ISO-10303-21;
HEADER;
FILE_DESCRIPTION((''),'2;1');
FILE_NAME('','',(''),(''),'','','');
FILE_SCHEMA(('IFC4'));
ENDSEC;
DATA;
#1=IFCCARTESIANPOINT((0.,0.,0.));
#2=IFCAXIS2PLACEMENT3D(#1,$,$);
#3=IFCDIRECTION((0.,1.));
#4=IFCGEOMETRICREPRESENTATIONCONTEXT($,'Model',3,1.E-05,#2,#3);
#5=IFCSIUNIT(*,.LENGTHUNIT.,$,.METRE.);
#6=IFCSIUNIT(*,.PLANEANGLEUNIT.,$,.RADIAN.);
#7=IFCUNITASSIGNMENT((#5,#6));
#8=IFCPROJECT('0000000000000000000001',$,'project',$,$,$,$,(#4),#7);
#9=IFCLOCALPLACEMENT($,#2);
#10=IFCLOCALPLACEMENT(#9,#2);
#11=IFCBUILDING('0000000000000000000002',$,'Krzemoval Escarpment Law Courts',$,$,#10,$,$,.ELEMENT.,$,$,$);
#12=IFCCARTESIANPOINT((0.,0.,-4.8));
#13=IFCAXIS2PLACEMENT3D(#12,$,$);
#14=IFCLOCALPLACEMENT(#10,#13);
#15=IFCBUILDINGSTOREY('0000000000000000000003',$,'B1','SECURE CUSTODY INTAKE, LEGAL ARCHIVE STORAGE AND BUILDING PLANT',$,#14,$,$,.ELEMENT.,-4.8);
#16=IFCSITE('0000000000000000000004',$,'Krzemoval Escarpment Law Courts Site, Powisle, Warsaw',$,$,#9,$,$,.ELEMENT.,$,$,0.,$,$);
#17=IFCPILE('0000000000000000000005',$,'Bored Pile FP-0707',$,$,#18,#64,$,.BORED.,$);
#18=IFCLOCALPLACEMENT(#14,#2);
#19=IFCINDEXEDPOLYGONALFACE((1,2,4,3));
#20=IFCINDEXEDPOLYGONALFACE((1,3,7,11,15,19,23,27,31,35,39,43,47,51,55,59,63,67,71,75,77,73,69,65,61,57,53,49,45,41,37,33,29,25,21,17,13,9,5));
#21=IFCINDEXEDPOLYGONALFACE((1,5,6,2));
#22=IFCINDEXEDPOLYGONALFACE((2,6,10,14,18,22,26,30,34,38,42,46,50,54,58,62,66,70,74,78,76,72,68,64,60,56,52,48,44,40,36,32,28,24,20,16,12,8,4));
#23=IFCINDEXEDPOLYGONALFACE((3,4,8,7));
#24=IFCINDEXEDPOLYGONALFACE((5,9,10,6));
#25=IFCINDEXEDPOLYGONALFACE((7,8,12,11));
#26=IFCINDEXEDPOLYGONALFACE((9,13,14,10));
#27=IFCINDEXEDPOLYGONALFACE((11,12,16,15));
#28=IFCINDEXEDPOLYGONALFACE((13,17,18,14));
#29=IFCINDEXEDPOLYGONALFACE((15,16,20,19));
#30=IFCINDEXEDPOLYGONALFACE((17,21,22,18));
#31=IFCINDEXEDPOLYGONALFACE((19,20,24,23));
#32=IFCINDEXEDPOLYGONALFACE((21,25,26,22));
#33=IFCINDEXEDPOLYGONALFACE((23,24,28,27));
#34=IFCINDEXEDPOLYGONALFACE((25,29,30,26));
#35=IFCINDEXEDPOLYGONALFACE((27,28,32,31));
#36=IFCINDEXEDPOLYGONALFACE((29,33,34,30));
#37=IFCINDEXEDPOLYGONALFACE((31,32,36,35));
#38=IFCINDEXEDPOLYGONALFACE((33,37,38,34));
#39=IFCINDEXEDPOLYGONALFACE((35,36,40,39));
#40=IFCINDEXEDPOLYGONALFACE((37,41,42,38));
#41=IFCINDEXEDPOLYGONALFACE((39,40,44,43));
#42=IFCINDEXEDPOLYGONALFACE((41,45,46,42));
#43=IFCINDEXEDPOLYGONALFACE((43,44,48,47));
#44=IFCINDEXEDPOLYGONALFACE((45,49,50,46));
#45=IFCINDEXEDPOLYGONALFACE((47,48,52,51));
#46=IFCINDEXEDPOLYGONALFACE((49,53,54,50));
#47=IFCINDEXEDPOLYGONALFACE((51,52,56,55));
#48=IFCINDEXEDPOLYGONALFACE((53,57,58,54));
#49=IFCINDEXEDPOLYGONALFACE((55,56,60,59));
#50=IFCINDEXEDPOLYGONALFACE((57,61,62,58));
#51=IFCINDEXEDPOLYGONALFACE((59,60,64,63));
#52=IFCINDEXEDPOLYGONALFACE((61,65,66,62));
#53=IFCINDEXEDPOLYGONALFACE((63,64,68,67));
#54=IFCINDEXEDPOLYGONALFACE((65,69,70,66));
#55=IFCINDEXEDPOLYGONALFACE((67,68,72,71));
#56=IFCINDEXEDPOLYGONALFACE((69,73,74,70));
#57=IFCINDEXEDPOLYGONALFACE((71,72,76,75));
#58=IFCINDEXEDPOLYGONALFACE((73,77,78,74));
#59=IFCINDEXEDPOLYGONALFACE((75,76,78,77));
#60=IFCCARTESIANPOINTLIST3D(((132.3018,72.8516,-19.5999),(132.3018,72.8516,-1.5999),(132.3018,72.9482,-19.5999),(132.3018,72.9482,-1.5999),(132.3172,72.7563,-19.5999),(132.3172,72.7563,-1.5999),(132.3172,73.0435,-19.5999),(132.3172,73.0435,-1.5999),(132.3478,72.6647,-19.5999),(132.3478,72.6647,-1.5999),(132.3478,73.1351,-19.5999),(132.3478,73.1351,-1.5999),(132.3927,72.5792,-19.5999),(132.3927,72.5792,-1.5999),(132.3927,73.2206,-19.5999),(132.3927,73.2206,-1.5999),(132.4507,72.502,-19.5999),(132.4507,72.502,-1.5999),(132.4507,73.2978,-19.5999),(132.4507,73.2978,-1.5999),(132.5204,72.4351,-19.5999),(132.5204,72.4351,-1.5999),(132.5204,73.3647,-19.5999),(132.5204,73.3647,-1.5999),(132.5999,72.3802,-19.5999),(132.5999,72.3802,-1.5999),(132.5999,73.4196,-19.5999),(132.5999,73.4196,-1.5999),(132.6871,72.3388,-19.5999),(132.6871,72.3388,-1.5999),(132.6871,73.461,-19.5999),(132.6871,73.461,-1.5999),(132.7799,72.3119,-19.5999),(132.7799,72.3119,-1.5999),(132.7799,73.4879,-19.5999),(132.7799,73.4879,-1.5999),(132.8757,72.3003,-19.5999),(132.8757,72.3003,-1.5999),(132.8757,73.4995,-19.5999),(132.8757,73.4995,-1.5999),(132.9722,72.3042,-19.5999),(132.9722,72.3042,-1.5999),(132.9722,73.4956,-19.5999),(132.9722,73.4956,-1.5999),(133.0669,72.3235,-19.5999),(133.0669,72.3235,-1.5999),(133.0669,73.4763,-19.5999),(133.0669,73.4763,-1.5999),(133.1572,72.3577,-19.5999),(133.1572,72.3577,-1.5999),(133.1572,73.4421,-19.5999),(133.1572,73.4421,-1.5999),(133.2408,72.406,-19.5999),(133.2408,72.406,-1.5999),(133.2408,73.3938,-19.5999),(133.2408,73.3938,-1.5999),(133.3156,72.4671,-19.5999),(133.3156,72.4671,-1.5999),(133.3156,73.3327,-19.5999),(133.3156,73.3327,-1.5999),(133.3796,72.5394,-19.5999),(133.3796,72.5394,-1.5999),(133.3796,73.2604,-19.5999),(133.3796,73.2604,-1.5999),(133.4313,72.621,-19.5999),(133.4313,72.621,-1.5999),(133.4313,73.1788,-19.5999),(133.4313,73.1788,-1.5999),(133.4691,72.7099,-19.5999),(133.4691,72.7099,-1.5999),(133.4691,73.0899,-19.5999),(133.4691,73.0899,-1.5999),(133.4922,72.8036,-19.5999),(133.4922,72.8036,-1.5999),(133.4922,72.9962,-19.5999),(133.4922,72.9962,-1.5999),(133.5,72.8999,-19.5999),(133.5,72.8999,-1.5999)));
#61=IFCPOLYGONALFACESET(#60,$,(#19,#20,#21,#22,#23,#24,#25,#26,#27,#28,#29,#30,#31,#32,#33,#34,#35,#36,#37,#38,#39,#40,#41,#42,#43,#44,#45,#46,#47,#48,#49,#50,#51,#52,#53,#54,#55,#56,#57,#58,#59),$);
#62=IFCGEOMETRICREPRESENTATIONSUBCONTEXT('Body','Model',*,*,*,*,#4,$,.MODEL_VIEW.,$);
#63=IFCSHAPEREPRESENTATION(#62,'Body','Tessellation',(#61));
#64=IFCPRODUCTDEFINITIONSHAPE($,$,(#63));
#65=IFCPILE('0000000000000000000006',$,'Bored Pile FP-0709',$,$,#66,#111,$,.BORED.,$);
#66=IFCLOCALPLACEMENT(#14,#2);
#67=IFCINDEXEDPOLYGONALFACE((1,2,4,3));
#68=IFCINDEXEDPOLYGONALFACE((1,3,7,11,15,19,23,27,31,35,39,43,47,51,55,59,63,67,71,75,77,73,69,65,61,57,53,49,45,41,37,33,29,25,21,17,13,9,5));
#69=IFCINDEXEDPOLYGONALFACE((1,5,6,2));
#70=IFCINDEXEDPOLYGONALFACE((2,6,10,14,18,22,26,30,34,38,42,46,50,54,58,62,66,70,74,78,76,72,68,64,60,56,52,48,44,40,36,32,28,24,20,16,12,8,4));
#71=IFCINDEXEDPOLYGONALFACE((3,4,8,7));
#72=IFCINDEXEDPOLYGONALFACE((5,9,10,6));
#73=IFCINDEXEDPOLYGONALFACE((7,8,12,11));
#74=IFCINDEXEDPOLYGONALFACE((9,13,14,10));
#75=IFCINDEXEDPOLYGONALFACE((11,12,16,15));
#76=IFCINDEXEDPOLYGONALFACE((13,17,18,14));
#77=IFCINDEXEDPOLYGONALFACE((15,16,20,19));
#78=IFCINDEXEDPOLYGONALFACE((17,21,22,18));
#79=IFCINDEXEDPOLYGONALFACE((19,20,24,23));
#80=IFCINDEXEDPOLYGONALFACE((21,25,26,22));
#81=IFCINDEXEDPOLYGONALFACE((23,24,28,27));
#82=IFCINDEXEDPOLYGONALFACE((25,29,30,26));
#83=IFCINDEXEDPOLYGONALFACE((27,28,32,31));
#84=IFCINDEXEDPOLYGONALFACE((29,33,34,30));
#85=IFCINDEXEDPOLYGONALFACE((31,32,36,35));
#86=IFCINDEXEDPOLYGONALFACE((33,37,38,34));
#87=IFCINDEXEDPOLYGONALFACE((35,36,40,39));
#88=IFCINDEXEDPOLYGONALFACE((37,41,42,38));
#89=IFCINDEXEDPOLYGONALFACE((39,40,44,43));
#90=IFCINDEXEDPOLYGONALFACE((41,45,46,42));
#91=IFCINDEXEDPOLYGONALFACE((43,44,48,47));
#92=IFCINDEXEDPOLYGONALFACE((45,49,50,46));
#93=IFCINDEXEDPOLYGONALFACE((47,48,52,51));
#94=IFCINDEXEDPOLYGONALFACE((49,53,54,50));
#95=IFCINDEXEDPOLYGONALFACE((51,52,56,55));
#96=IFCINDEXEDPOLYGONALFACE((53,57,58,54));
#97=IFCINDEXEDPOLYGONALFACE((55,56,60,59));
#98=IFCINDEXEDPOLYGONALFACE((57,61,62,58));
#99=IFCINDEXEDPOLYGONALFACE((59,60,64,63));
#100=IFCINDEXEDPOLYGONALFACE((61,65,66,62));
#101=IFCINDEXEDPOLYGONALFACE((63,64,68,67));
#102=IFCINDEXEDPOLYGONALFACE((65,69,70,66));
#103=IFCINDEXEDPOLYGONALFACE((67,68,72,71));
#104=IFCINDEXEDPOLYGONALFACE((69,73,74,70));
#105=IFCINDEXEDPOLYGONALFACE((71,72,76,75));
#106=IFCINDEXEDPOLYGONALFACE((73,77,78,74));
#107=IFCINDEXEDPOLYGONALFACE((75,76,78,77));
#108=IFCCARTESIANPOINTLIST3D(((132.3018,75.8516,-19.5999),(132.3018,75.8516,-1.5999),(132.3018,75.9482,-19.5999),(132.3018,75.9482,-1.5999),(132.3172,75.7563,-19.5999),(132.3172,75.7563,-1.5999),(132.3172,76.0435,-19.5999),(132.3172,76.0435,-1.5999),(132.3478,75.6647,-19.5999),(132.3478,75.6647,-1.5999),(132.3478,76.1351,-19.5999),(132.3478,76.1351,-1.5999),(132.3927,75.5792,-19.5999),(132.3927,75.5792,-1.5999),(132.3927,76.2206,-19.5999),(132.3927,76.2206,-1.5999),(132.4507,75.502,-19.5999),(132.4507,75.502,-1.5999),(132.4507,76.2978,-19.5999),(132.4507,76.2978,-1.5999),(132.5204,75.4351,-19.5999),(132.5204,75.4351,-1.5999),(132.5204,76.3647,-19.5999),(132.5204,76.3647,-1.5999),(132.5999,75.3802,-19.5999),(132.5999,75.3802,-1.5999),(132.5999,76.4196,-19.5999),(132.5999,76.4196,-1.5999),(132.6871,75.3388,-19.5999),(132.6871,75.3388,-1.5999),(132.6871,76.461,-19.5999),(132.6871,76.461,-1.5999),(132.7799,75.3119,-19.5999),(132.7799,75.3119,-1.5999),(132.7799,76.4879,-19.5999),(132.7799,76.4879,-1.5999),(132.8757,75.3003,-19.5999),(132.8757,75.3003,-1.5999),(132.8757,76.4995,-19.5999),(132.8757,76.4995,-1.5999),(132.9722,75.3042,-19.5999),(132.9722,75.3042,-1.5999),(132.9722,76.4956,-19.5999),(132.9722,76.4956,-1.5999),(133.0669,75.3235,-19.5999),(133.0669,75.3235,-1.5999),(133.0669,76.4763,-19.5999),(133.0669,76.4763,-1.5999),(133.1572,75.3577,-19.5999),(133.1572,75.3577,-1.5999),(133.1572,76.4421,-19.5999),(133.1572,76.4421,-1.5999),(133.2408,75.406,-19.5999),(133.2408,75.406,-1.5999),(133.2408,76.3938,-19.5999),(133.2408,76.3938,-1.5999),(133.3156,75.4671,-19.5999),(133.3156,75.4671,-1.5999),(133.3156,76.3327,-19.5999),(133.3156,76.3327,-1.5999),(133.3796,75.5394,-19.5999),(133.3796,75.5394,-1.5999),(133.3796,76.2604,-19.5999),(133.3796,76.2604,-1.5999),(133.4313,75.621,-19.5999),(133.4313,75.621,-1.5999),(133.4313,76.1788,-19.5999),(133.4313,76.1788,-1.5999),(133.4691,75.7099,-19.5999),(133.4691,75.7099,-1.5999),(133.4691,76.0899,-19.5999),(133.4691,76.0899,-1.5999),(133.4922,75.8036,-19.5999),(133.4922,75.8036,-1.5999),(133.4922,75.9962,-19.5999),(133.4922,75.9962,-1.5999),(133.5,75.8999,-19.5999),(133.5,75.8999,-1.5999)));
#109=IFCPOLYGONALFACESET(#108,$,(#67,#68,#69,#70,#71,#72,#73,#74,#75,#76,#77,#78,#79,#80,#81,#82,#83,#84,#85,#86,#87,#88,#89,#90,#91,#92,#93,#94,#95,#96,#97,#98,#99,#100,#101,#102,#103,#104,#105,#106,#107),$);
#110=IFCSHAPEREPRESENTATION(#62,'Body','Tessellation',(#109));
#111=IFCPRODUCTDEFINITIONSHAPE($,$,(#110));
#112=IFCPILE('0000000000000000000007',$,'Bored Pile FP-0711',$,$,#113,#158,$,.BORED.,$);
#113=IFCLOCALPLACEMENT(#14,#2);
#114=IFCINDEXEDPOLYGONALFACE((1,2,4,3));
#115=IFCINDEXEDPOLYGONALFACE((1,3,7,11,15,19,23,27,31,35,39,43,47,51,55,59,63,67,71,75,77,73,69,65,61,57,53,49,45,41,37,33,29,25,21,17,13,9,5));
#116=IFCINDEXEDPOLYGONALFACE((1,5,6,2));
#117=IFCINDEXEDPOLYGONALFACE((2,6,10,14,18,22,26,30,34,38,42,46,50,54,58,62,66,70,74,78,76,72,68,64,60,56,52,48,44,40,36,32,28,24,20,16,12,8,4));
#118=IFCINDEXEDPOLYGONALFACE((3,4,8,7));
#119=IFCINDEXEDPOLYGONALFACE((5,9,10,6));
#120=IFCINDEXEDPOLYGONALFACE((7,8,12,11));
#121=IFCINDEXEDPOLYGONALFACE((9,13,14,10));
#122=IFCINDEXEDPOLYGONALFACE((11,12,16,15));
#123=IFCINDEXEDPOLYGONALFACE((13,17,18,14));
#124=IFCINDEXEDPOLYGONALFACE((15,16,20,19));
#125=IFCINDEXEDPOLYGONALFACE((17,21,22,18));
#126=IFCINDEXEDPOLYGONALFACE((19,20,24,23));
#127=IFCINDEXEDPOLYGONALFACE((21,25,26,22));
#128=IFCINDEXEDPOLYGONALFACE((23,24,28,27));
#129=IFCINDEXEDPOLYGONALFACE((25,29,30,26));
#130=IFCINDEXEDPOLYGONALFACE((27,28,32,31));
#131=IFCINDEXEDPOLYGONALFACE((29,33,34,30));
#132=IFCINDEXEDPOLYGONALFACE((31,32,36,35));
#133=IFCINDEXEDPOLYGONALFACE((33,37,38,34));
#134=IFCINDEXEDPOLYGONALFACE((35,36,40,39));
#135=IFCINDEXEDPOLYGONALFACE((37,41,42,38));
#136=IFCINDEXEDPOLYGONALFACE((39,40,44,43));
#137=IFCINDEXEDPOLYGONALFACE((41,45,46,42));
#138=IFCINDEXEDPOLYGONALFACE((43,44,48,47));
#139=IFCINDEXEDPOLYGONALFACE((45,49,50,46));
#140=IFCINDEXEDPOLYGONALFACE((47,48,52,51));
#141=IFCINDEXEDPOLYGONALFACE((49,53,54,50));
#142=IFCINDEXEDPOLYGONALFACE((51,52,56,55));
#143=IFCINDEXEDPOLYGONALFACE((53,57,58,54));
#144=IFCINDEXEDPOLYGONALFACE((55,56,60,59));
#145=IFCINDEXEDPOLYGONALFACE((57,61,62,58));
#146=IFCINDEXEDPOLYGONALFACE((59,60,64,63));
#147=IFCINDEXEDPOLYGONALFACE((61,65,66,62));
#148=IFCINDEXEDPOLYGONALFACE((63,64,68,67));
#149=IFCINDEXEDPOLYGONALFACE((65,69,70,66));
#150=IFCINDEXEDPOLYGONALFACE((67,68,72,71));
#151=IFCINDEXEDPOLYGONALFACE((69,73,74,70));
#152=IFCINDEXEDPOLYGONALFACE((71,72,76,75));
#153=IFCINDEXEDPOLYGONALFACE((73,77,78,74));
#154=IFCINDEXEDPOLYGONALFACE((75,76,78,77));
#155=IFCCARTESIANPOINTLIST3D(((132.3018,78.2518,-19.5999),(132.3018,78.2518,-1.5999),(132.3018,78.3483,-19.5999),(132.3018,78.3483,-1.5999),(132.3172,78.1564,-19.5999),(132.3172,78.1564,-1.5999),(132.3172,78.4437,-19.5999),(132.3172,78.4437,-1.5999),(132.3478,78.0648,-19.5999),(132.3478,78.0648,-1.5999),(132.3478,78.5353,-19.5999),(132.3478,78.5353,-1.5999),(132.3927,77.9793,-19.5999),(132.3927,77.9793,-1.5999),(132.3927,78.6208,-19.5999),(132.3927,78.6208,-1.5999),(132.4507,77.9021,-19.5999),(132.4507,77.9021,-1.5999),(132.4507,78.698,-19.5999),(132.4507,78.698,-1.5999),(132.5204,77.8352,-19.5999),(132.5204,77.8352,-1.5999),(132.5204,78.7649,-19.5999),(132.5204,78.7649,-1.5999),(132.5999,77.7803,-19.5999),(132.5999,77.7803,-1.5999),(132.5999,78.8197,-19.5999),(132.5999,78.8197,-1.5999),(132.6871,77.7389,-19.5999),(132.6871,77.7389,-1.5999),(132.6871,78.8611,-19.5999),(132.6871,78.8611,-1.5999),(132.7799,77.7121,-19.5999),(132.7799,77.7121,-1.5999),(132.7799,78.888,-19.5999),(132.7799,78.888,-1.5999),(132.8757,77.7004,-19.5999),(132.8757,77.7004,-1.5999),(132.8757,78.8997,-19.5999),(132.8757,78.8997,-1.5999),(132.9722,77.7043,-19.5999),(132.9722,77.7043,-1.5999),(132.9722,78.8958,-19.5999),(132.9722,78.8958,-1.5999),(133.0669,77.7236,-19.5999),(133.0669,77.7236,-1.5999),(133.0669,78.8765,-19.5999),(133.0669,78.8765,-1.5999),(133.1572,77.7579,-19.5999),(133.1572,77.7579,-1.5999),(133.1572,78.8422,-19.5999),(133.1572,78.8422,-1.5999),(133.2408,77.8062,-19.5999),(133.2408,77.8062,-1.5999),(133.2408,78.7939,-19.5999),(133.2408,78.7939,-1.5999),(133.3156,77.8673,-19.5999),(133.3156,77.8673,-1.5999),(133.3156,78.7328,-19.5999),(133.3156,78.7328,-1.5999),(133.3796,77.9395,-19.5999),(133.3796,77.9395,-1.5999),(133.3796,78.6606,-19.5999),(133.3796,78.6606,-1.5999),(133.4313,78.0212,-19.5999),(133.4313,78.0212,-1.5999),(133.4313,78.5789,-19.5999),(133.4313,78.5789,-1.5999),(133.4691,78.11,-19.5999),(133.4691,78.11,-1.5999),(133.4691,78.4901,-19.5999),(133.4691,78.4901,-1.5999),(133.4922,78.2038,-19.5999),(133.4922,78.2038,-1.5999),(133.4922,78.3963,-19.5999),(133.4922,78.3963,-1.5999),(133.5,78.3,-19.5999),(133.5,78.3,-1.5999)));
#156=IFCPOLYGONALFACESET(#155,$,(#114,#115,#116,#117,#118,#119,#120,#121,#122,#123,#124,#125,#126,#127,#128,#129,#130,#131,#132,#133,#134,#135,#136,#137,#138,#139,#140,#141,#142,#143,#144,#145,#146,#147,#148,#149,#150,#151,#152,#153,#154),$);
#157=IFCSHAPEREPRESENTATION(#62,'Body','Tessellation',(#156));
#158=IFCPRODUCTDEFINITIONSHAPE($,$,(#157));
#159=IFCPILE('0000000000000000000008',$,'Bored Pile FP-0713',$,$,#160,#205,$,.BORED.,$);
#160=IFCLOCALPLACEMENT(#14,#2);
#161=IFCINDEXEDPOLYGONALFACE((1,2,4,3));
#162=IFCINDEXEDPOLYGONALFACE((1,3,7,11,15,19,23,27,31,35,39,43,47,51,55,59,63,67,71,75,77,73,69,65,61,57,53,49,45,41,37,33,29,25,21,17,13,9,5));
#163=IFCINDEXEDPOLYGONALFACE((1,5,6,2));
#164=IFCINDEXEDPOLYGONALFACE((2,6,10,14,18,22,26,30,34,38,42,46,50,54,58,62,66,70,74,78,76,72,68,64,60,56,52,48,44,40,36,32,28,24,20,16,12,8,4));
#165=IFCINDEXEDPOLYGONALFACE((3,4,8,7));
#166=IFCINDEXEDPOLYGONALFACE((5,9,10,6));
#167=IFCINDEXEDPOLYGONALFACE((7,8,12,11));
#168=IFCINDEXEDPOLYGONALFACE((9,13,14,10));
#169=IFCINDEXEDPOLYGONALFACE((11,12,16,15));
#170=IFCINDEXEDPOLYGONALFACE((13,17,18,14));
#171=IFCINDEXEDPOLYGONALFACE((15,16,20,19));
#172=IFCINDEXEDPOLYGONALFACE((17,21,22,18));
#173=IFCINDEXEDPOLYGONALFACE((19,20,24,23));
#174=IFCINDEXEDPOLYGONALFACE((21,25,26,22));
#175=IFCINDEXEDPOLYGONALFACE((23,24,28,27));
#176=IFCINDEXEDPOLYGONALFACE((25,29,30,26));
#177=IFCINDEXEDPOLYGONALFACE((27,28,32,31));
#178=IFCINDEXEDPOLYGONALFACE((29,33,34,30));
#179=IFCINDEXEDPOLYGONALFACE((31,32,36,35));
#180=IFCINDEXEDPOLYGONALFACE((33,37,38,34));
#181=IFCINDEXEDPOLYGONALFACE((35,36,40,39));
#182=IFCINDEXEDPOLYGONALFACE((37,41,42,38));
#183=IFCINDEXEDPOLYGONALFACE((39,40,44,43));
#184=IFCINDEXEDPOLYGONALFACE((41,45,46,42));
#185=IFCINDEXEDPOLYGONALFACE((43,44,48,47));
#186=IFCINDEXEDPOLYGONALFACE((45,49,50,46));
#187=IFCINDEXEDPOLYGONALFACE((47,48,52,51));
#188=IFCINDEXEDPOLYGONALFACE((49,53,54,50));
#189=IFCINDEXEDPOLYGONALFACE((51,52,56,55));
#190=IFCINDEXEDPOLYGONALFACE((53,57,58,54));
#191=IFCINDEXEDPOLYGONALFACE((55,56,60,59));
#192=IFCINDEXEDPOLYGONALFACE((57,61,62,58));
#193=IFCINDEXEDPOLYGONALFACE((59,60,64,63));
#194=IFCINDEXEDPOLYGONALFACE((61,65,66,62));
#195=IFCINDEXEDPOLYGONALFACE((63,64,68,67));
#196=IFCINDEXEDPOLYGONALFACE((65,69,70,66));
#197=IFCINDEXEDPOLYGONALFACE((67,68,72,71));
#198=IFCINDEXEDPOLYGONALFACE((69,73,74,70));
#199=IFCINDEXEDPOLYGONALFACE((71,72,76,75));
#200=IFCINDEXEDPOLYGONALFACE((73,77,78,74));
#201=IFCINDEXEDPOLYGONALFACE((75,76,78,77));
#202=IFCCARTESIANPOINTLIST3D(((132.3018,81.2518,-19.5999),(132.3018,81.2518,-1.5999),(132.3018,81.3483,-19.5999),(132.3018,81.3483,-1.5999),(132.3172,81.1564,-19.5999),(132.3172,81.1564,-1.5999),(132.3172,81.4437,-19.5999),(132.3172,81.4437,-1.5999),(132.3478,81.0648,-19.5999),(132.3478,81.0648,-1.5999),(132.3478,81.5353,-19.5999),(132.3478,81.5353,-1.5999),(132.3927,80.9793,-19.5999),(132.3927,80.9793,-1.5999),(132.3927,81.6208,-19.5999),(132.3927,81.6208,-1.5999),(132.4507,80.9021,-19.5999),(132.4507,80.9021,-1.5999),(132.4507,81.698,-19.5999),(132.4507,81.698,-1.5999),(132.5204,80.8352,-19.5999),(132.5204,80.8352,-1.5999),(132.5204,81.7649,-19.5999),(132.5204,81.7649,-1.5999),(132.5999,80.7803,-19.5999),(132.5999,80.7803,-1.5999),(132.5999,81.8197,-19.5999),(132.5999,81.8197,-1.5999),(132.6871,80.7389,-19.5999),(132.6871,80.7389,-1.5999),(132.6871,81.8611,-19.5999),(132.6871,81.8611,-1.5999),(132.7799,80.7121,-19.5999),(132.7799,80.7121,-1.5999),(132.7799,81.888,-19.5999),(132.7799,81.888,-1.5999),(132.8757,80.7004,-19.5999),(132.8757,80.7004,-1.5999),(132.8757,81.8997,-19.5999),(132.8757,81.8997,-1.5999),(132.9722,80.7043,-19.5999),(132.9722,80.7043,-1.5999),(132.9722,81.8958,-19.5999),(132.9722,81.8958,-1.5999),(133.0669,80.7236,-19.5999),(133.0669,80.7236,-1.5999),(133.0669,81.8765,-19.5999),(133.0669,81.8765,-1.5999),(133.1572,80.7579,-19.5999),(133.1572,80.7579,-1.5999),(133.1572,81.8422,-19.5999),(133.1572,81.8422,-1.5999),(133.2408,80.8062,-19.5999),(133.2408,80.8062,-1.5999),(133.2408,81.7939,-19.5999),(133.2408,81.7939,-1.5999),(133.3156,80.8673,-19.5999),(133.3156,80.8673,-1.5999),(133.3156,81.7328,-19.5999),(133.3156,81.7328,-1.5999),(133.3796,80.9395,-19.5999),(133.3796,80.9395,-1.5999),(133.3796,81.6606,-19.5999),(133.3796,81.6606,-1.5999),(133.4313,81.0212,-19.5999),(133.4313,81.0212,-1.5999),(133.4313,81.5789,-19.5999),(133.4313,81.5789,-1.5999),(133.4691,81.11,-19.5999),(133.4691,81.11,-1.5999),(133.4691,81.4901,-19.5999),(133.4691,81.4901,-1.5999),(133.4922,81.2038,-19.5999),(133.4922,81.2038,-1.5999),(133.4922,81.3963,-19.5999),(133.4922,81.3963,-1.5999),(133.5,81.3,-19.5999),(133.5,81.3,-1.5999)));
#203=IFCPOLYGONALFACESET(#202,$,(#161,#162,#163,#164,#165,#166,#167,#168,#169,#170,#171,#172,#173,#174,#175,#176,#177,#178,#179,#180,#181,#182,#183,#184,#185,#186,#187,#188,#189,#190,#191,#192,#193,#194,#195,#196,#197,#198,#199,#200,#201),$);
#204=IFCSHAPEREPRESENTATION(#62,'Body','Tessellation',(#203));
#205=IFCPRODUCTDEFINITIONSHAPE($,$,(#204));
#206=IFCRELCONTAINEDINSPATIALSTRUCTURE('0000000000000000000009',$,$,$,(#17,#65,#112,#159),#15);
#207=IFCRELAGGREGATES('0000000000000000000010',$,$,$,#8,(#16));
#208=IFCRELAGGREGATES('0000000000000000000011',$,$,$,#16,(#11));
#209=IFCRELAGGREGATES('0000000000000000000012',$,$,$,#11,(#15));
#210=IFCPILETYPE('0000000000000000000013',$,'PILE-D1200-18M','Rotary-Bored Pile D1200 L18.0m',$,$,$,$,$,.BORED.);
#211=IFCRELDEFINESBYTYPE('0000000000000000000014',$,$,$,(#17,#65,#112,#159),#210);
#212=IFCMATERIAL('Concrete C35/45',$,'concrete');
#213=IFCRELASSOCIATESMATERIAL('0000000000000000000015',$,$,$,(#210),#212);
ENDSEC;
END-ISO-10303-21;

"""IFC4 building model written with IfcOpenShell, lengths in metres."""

from ifc_helpers import new_model, si_unit, direction, frame, origin, origin_2d, place, context, subcontext, project, spatial, circle, extrude, material, material_profile, profile_set, type_object, element, save


model = new_model("IFC4")

# Units and contexts
model_context = context("Model", 3, precision=1e-05, world=origin(), true_north=direction((0.0, 1.0)))
body_context = subcontext(model_context, "Body", "Model", "MODEL_VIEW")
ifc_project = project(units=[si_unit("LENGTHUNIT", "METRE"), si_unit("PLANEANGLEUNIT", "RADIAN")], contexts=[model_context])

# Site, building, storey
site_placement = place(None, origin())
site = spatial("IfcSite", under=ifc_project, at=site_placement, Name="Krzemoval Escarpment Law Courts Site, Powisle, Warsaw", CompositionType="ELEMENT", RefElevation=0.0)
building_placement = place(site_placement, origin())
building = spatial("IfcBuilding", under=site, at=building_placement, Name="Krzemoval Escarpment Law Courts", CompositionType="ELEMENT")
storey_placement = place(building_placement, frame((0.0, 0.0, -4.8)))
storey = spatial("IfcBuildingStorey", under=building, at=storey_placement, Name="B1", Description="SECURE CUSTODY INTAKE, LEGAL ARCHIVE STORAGE AND BUILDING PLANT", CompositionType="ELEMENT", Elevation=-4.8)

# Piles
ifc_material_1 = material(Name="Concrete C35/45", Category="concrete")
ifc_material_profile_1 = material_profile(ifc_material_1, circle(Radius=0.6001, at=origin_2d()), Name="PILE D1200")
ifc_profile_set_1 = profile_set([ifc_material_profile_1], Name="Concrete C35/45")
pile_type = type_object("IfcPileType", Name="PILE-D1200-18M", Description="Rotary-Bored Pile D1200 L18.0m", PredefinedType="BORED", material=ifc_profile_set_1)
for number, where, z_axis, x_axis, name in (
    (1, (132.8999, 72.8999, -1.5999), (0.0, 0.0, -1.0), (1.0, 0.0, 0.0), "Bored Pile FP-0707"),
    (2, (132.8999, 75.8999, -1.5999), (0.0, 0.0, -1.0), (1.0, 0.0, 0.0), "Bored Pile FP-0709"),
    (3, (132.8999, 78.3, -1.5999), (0.0, 0.0, -1.0), (1.0, 0.0, 0.0), "Bored Pile FP-0711"),
    (4, (132.8999, 81.3, -1.5999), (0.0, 0.0, -1.0), (1.0, 0.0, 0.0), "Bored Pile FP-0713"),
):
    element("IfcPile", number, at=place(storey_placement, frame(where, z_axis=z_axis, x_axis=x_axis)), inside=storey, type_object=pile_type, Name=name, PredefinedType="BORED", context=body_context, shape_type="SweptSolid", body=[
        extrude(circle(Radius=0.6001, at=origin_2d()), origin(), (0.0, 0.0, 1.0), 18.0),
    ])

save(model, "model.ifc")
